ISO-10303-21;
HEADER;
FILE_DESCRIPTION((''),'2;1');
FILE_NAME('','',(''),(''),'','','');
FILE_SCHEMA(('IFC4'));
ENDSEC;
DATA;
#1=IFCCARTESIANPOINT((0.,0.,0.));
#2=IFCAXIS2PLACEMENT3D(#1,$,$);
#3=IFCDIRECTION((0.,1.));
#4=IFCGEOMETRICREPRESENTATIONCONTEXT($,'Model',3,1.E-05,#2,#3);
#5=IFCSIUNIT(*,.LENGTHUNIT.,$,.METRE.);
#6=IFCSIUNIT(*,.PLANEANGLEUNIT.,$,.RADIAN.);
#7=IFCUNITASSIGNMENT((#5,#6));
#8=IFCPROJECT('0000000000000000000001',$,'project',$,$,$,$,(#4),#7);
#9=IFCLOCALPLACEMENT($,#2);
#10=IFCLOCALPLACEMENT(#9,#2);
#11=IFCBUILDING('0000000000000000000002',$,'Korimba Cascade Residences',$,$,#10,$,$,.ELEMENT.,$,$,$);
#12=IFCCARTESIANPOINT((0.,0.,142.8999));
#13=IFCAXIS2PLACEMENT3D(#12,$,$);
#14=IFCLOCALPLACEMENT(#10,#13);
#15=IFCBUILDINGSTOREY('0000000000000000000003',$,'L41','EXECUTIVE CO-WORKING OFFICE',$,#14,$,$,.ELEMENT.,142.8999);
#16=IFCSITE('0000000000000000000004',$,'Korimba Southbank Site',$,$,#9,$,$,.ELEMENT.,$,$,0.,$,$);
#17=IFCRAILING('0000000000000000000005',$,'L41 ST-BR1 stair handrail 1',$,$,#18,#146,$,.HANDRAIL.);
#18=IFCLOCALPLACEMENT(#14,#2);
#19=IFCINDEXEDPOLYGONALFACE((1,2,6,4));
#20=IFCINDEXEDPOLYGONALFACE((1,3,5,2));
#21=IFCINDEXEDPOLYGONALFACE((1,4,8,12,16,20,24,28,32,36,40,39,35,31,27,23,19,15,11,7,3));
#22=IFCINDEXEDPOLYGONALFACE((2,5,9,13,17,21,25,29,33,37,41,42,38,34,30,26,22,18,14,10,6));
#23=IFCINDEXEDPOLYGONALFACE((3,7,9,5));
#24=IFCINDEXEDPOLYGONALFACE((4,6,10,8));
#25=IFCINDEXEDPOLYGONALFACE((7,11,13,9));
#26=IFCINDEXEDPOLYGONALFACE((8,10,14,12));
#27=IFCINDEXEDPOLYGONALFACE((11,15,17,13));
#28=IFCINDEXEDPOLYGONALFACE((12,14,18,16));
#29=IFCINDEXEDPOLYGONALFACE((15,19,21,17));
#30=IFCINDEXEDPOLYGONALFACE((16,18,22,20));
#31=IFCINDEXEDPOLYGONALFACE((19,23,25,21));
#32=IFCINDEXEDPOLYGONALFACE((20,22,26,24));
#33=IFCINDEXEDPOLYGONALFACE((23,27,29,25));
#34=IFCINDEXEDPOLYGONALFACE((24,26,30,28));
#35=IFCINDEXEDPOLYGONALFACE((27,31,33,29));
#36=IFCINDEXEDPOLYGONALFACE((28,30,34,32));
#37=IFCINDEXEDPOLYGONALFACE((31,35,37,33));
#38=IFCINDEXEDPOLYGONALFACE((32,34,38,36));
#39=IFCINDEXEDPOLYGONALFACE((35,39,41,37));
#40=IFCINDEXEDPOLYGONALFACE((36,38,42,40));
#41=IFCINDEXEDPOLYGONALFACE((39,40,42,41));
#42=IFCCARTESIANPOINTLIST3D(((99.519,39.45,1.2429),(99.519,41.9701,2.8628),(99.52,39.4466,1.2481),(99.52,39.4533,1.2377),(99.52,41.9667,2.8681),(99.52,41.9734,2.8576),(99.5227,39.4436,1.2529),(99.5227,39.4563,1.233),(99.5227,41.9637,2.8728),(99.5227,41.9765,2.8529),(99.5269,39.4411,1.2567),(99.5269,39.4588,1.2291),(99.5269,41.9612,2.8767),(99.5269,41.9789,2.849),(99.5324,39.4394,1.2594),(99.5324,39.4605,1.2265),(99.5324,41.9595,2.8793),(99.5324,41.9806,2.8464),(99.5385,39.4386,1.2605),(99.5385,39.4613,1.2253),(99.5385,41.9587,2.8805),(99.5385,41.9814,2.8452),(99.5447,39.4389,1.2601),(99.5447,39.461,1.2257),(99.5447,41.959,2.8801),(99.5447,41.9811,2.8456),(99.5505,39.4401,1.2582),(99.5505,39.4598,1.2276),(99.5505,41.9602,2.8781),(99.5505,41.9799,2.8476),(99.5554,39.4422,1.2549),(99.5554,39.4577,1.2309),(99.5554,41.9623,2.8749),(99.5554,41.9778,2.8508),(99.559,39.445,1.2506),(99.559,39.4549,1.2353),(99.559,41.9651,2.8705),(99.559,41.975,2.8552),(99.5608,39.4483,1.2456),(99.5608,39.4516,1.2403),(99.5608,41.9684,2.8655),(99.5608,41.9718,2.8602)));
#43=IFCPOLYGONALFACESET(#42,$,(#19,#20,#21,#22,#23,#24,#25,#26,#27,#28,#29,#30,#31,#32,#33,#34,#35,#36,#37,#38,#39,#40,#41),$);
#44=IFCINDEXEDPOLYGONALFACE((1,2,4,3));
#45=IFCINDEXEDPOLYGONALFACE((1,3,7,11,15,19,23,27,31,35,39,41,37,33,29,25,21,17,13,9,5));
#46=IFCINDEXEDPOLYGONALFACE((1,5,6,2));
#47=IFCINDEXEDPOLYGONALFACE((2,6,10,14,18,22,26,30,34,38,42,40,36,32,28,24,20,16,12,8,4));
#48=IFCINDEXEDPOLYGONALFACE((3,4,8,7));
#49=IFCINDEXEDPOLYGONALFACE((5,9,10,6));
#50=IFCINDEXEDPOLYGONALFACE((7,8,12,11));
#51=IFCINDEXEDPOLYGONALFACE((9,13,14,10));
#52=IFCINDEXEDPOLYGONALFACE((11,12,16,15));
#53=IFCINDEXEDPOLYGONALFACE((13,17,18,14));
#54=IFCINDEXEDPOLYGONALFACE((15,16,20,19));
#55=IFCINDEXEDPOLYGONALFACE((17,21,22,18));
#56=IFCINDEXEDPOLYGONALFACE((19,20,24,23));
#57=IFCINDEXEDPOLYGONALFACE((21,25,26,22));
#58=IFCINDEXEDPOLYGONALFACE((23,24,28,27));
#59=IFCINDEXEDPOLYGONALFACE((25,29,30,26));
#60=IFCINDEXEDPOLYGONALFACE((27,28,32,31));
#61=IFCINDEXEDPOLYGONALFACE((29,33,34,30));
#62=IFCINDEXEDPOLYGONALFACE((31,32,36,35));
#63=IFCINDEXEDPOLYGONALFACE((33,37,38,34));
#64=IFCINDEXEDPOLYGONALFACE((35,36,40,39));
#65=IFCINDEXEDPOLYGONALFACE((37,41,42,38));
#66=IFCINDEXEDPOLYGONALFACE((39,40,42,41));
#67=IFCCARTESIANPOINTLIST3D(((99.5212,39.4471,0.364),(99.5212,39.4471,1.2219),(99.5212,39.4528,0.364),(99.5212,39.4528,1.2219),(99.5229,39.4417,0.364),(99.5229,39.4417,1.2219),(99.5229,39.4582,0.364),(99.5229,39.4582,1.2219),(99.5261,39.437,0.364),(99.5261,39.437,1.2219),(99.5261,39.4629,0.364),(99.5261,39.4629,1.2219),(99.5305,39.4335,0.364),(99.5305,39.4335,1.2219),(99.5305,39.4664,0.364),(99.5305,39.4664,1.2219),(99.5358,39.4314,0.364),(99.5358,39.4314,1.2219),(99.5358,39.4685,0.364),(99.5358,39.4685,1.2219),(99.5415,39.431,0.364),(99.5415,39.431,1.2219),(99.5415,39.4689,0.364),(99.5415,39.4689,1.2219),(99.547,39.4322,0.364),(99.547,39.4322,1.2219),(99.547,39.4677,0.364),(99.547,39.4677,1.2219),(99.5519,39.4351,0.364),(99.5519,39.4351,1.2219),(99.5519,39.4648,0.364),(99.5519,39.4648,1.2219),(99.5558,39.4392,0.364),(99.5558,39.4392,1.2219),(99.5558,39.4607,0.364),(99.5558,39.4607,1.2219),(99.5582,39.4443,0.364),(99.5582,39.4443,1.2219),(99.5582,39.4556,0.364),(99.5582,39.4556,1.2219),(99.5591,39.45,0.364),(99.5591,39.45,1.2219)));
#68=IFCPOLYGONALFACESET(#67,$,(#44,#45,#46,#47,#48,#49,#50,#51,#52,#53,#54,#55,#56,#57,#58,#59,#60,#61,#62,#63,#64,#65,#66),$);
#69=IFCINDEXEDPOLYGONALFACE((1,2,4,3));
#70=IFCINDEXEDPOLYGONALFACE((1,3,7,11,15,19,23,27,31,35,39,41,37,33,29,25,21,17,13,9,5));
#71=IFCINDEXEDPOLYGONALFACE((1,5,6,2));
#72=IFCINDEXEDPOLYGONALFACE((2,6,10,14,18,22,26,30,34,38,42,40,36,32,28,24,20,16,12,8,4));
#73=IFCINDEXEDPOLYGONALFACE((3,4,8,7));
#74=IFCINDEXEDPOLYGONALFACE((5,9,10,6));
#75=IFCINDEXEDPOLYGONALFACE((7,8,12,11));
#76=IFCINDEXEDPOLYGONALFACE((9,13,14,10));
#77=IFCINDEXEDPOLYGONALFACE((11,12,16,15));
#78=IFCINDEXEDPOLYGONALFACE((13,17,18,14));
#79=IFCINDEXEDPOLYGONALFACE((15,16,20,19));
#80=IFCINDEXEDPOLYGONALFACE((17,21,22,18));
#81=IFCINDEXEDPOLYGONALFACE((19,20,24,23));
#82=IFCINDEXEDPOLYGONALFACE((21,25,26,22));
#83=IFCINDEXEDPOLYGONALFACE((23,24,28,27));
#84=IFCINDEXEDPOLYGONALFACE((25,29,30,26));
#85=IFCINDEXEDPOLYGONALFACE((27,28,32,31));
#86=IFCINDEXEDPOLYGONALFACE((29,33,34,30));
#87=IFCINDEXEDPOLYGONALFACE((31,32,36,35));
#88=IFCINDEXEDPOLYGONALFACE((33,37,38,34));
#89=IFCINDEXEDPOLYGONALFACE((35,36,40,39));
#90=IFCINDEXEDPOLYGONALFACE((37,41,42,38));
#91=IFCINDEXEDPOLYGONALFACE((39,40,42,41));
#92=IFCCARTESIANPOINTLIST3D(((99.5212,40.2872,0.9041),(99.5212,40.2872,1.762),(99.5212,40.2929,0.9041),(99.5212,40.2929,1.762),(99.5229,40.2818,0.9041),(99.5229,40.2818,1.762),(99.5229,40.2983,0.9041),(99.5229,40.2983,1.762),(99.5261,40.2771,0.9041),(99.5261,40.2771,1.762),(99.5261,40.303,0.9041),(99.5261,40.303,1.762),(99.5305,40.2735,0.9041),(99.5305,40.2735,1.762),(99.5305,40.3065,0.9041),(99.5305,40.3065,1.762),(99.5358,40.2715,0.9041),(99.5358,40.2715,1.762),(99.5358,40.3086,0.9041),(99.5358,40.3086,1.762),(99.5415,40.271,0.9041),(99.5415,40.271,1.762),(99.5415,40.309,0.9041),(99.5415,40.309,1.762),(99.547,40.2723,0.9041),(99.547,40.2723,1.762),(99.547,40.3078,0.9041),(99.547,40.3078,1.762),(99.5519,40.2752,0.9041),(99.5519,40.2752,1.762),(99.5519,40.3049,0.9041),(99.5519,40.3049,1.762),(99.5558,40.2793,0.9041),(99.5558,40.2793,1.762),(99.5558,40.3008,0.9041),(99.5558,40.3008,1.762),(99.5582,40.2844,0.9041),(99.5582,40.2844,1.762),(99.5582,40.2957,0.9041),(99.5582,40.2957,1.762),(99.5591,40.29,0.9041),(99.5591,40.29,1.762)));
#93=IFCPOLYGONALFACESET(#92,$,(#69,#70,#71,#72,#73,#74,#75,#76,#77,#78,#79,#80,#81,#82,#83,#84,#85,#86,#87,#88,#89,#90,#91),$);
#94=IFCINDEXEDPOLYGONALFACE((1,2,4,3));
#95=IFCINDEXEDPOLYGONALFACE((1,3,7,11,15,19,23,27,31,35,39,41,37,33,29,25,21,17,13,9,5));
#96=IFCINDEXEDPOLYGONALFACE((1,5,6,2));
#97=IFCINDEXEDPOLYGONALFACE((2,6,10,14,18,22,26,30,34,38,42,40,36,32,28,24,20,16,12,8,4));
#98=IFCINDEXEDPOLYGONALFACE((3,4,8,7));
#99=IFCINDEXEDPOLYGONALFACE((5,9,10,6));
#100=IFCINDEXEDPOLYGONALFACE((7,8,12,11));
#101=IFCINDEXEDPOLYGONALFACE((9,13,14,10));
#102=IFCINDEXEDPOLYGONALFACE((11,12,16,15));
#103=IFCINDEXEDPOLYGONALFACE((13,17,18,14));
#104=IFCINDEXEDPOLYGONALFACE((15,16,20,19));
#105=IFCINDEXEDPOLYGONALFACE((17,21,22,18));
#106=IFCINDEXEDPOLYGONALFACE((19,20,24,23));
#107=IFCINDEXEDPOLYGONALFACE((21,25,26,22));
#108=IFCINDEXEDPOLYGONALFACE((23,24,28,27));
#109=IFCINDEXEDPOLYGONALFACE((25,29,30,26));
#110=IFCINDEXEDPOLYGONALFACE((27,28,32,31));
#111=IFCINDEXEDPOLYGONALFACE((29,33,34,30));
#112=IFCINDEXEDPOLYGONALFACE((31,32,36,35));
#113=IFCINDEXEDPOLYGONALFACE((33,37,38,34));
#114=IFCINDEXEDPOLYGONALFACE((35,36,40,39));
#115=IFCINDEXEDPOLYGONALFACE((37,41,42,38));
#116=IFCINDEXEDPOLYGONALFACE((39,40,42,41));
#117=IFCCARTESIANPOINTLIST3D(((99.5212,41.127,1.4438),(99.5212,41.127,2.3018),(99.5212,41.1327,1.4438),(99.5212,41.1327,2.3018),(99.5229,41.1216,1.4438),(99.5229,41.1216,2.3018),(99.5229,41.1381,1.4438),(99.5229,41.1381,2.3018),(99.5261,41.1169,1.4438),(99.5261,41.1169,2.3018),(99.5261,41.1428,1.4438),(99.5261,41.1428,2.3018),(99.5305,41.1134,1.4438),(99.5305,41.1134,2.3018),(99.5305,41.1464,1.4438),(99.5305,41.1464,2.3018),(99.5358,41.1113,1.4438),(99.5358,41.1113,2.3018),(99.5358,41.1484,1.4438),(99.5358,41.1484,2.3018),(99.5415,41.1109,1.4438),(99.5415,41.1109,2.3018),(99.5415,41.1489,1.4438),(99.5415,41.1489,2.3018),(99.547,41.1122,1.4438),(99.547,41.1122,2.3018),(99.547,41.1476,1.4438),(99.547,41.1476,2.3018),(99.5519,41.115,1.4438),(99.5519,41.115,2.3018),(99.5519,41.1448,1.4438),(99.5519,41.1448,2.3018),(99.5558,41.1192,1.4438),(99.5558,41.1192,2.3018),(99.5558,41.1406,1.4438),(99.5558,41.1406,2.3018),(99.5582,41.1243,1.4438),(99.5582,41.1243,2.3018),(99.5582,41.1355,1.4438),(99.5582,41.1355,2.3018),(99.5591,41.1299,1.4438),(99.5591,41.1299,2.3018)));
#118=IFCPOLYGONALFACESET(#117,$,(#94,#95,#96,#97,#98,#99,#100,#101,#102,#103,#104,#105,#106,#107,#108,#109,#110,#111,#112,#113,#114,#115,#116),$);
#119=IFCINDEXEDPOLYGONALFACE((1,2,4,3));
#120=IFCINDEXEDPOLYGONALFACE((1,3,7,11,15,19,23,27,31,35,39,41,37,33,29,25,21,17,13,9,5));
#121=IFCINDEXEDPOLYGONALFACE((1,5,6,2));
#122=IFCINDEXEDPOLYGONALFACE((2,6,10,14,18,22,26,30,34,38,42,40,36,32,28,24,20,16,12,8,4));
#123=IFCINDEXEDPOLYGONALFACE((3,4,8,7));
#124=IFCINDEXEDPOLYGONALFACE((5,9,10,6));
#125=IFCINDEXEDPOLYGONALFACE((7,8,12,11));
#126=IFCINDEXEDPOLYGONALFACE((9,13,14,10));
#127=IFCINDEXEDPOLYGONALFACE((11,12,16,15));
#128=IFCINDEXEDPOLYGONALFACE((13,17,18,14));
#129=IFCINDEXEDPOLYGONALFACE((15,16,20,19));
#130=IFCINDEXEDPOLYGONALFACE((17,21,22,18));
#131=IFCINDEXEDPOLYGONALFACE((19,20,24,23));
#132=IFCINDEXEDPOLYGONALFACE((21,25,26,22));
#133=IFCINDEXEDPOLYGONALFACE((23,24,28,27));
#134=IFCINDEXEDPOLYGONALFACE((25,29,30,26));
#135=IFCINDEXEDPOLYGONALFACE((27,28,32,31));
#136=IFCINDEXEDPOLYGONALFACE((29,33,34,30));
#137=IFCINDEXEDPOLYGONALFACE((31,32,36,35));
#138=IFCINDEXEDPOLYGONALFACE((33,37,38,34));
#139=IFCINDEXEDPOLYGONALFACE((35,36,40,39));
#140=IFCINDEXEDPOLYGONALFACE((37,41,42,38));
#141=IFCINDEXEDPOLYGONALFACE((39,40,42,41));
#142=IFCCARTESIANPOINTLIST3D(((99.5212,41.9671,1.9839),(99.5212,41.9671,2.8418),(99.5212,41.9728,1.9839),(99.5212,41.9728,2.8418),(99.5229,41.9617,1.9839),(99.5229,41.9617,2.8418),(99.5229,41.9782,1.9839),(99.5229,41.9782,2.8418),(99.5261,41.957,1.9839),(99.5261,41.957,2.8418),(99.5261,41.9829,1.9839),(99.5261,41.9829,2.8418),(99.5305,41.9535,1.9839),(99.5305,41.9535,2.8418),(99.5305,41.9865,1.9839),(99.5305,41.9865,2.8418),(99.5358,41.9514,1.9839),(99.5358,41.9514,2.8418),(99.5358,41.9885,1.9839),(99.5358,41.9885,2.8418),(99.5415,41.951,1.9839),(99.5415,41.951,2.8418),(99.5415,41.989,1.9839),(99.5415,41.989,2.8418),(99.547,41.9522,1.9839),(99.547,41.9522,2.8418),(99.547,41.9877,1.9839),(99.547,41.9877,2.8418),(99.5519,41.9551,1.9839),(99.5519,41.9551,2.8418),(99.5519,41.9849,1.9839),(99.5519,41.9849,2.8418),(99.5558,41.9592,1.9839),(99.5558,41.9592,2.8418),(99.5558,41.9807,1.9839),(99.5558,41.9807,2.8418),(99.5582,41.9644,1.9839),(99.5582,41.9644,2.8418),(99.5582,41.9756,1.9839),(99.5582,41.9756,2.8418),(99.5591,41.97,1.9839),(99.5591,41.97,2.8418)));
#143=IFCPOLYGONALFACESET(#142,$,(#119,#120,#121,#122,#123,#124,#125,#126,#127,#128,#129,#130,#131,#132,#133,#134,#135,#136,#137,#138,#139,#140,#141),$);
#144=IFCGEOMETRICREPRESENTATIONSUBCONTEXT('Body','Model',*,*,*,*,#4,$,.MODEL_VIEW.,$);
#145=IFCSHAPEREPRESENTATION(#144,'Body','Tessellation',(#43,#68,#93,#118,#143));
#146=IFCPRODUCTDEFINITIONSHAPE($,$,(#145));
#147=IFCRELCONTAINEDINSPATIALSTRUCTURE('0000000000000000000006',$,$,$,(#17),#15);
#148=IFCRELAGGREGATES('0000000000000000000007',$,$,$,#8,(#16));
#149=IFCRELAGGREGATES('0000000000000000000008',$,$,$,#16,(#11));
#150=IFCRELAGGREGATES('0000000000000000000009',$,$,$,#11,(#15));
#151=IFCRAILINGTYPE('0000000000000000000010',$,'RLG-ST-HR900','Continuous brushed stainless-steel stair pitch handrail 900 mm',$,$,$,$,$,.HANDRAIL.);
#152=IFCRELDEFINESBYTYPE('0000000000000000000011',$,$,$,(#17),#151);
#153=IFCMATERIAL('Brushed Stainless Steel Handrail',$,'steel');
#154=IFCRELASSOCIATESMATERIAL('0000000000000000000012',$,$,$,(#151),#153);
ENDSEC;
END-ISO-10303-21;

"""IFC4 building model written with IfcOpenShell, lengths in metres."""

from ifc_helpers import new_model, si_unit, direction, frame, origin, origin_2d, place, context, subcontext, project, spatial, circle, extrude, material, type_object, element, save


model = new_model("IFC4")

# Units and contexts
model_context = context("Model", 3, precision=1e-05, world=origin(), true_north=direction((0.0, 1.0)))
body_context = subcontext(model_context, "Body", "Model", "MODEL_VIEW")
ifc_project = project(units=[si_unit("LENGTHUNIT", "METRE"), si_unit("PLANEANGLEUNIT", "RADIAN")], contexts=[model_context])

# Site, building, storey
site_placement = place(None, origin())
site = spatial("IfcSite", under=ifc_project, at=site_placement, Name="Korimba Southbank Site", CompositionType="ELEMENT", RefElevation=0.0)
building_placement = place(site_placement, origin())
building = spatial("IfcBuilding", under=site, at=building_placement, Name="Korimba Cascade Residences", CompositionType="ELEMENT")
storey_placement = place(building_placement, frame((0.0, 0.0, 142.8999)))
storey = spatial("IfcBuildingStorey", under=building, at=storey_placement, Name="L41", Description="EXECUTIVE CO-WORKING OFFICE", CompositionType="ELEMENT", Elevation=142.8999)

# Railing
ifc_material_1 = material(Name="Brushed Stainless Steel Handrail", Category="steel")
railing_type_1 = type_object("IfcRailingType", Name="RLG-ST-HR900", Description="Continuous brushed stainless-steel stair pitch handrail 900 mm", PredefinedType="HANDRAIL", material=ifc_material_1)
railing_1_placement = place(storey_placement, frame((99.54, 39.45, 0.364)))
element("IfcRailing", 1, at=railing_1_placement, inside=storey, type_object=railing_type_1, Name="L41 ST-BR1 stair handrail 1", PredefinedType="HANDRAIL", context=body_context, shape_type="SweptSolid", body=[
    extrude(circle(Radius=0.021, at=origin_2d()), frame((0.0, 0.0, 0.8789), z_axis=(0.0, 0.8412, 0.540725), x_axis=(-1.0, 0.0, 0.0)), (0.0, 0.0, 1.0), 2.9958),
    extrude(circle(Radius=0.019, at=origin_2d()), origin(), (0.0, 0.0, 1.0), 0.8579),
    extrude(circle(Radius=0.019, at=origin_2d()), frame((0.0, 0.8401, 0.54)), (0.0, 0.0, 1.0), 0.8579),
    extrude(circle(Radius=0.019, at=origin_2d()), frame((0.0, 1.6799, 1.0798)), (0.0, 0.0, 1.0), 0.8579),
    extrude(circle(Radius=0.019, at=origin_2d()), frame((0.0, 2.52, 1.6199)), (0.0, 0.0, 1.0), 0.8579),
])

save(model, "model.ifc")
